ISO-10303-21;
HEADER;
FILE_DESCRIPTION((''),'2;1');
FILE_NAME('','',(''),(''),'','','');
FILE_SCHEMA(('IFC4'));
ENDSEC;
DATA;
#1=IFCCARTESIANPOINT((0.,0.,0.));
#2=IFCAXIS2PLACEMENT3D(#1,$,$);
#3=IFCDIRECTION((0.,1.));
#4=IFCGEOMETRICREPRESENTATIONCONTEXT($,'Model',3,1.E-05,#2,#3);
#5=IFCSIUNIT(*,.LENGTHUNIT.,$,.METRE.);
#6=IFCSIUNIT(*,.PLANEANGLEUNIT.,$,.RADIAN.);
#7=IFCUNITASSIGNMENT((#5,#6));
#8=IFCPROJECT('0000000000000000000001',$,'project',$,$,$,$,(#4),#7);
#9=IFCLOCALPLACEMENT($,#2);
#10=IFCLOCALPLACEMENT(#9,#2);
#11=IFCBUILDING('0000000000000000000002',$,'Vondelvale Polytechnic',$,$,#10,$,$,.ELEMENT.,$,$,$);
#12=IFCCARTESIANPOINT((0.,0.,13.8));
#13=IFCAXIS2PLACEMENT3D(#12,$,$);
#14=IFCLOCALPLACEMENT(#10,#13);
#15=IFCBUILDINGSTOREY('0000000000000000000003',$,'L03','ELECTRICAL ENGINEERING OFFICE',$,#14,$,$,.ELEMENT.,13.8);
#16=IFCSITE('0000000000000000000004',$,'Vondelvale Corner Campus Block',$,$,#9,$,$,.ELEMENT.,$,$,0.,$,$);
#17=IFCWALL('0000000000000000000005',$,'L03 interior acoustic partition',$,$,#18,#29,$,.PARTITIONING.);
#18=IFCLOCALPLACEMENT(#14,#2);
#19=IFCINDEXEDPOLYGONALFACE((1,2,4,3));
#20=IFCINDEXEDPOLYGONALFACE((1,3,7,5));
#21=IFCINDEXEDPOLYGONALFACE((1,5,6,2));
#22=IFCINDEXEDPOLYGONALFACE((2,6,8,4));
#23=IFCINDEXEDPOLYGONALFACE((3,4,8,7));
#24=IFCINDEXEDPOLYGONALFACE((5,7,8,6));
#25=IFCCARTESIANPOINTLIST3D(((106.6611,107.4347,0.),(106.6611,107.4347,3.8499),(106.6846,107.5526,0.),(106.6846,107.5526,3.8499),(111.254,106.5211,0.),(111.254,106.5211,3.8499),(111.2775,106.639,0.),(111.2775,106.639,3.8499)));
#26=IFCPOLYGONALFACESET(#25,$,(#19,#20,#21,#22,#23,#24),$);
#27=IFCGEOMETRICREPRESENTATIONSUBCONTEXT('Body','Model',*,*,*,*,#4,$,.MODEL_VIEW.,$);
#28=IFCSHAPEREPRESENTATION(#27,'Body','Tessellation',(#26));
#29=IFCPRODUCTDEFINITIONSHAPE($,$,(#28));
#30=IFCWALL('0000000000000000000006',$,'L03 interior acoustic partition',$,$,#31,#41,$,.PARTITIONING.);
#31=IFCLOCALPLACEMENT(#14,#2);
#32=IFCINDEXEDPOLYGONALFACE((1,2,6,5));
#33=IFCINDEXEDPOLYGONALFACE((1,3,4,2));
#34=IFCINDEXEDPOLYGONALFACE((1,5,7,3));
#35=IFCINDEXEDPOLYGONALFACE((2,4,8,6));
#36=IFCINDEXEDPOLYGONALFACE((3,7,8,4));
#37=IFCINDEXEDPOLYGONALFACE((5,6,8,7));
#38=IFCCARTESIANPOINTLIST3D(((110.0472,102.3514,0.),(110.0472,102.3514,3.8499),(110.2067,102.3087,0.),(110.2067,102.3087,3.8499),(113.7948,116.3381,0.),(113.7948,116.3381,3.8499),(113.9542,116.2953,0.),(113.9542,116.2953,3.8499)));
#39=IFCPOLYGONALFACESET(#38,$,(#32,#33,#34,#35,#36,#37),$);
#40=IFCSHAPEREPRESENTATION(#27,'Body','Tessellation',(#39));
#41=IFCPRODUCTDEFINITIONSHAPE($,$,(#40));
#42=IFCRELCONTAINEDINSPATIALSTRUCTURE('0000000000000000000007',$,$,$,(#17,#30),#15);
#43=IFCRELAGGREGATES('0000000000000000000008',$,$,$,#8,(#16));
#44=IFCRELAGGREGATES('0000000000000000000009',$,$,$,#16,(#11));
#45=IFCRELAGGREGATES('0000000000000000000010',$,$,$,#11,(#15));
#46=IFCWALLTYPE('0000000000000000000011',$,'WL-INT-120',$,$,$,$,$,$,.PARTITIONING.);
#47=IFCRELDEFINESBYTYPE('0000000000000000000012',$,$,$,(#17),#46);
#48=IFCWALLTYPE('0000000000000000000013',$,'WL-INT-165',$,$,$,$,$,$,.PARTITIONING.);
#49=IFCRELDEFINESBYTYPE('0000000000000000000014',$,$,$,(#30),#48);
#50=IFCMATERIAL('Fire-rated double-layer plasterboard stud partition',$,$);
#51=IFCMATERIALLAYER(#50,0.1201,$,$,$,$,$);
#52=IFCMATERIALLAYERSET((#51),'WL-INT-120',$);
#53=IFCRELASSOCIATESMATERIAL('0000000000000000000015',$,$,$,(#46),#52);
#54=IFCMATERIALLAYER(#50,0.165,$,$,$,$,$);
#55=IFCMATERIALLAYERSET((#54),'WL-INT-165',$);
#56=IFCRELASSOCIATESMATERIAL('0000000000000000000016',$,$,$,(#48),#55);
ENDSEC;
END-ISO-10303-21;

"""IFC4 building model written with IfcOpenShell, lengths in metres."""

from ifc_helpers import new_model, si_unit, direction, frame, frame_2d, origin, place, context, subcontext, project, spatial, rectangle, extrude, material, layer, layer_set, type_object, element, save


model = new_model("IFC4")

# Units and contexts
model_context = context("Model", 3, precision=1e-05, world=origin(), true_north=direction((0.0, 1.0)))
body_context = subcontext(model_context, "Body", "Model", "MODEL_VIEW")
ifc_project = project(units=[si_unit("LENGTHUNIT", "METRE"), si_unit("PLANEANGLEUNIT", "RADIAN")], contexts=[model_context])

# Site, building, storey
site_placement = place(None, origin())
site = spatial("IfcSite", under=ifc_project, at=site_placement, Name="Vondelvale Corner Campus Block", CompositionType="ELEMENT", RefElevation=0.0)
building_placement = place(site_placement, origin())
building = spatial("IfcBuilding", under=site, at=building_placement, Name="Vondelvale Polytechnic", CompositionType="ELEMENT")
storey_placement = place(building_placement, frame((0.0, 0.0, 13.8)))
storey = spatial("IfcBuildingStorey", under=building, at=storey_placement, Name="L03", Description="ELECTRICAL ENGINEERING OFFICE", CompositionType="ELEMENT", Elevation=13.8)

# Shared definitions
ifc_material_1 = material(Name="Fire-rated double-layer plasterboard stud partition")

# Walls
ifc_layer_1 = layer(ifc_material_1, 0.1201)
ifc_layer_set_1 = layer_set([ifc_layer_1], Name="WL-INT-120")
wall_type_1 = type_object("IfcWallType", Name="WL-INT-120", PredefinedType="PARTITIONING", material=ifc_layer_set_1)
wall_1_placement = place(storey_placement, frame((111.2656, 106.5801, 0.0), z_axis=(0.0, 0.0, 1.0), x_axis=(-0.980785, 0.195093, 0.0)))
element("IfcWall", 1, at=wall_1_placement, inside=storey, type_object=wall_type_1, Name="L03 interior acoustic partition", PredefinedType="PARTITIONING", context=body_context, shape_type="SweptSolid", body=[
    extrude(rectangle(XDim=4.6829, YDim=0.1201, at=frame_2d((2.3413, 0.0))), origin(), (0.0, 0.0, 1.0), 3.8499),
])
ifc_layer_2 = layer(ifc_material_1, 0.165)
ifc_layer_set_2 = layer_set([ifc_layer_2], Name="WL-INT-165")
wall_type_2 = type_object("IfcWallType", Name="WL-INT-165", PredefinedType="PARTITIONING", material=ifc_layer_set_2)
wall_2_placement = place(storey_placement, frame((110.127, 102.3301, 0.0), z_axis=(0.0, 0.0, 1.0), x_axis=(0.258811, 0.965928, 0.0)))
element("IfcWall", 2, at=wall_2_placement, inside=storey, type_object=wall_type_2, Name="L03 interior acoustic partition", PredefinedType="PARTITIONING", context=body_context, shape_type="SweptSolid", body=[
    extrude(rectangle(XDim=14.48, YDim=0.165, at=frame_2d((7.24, 0.0))), origin(), (0.0, 0.0, 1.0), 3.8499),
])

save(model, "model.ifc")
